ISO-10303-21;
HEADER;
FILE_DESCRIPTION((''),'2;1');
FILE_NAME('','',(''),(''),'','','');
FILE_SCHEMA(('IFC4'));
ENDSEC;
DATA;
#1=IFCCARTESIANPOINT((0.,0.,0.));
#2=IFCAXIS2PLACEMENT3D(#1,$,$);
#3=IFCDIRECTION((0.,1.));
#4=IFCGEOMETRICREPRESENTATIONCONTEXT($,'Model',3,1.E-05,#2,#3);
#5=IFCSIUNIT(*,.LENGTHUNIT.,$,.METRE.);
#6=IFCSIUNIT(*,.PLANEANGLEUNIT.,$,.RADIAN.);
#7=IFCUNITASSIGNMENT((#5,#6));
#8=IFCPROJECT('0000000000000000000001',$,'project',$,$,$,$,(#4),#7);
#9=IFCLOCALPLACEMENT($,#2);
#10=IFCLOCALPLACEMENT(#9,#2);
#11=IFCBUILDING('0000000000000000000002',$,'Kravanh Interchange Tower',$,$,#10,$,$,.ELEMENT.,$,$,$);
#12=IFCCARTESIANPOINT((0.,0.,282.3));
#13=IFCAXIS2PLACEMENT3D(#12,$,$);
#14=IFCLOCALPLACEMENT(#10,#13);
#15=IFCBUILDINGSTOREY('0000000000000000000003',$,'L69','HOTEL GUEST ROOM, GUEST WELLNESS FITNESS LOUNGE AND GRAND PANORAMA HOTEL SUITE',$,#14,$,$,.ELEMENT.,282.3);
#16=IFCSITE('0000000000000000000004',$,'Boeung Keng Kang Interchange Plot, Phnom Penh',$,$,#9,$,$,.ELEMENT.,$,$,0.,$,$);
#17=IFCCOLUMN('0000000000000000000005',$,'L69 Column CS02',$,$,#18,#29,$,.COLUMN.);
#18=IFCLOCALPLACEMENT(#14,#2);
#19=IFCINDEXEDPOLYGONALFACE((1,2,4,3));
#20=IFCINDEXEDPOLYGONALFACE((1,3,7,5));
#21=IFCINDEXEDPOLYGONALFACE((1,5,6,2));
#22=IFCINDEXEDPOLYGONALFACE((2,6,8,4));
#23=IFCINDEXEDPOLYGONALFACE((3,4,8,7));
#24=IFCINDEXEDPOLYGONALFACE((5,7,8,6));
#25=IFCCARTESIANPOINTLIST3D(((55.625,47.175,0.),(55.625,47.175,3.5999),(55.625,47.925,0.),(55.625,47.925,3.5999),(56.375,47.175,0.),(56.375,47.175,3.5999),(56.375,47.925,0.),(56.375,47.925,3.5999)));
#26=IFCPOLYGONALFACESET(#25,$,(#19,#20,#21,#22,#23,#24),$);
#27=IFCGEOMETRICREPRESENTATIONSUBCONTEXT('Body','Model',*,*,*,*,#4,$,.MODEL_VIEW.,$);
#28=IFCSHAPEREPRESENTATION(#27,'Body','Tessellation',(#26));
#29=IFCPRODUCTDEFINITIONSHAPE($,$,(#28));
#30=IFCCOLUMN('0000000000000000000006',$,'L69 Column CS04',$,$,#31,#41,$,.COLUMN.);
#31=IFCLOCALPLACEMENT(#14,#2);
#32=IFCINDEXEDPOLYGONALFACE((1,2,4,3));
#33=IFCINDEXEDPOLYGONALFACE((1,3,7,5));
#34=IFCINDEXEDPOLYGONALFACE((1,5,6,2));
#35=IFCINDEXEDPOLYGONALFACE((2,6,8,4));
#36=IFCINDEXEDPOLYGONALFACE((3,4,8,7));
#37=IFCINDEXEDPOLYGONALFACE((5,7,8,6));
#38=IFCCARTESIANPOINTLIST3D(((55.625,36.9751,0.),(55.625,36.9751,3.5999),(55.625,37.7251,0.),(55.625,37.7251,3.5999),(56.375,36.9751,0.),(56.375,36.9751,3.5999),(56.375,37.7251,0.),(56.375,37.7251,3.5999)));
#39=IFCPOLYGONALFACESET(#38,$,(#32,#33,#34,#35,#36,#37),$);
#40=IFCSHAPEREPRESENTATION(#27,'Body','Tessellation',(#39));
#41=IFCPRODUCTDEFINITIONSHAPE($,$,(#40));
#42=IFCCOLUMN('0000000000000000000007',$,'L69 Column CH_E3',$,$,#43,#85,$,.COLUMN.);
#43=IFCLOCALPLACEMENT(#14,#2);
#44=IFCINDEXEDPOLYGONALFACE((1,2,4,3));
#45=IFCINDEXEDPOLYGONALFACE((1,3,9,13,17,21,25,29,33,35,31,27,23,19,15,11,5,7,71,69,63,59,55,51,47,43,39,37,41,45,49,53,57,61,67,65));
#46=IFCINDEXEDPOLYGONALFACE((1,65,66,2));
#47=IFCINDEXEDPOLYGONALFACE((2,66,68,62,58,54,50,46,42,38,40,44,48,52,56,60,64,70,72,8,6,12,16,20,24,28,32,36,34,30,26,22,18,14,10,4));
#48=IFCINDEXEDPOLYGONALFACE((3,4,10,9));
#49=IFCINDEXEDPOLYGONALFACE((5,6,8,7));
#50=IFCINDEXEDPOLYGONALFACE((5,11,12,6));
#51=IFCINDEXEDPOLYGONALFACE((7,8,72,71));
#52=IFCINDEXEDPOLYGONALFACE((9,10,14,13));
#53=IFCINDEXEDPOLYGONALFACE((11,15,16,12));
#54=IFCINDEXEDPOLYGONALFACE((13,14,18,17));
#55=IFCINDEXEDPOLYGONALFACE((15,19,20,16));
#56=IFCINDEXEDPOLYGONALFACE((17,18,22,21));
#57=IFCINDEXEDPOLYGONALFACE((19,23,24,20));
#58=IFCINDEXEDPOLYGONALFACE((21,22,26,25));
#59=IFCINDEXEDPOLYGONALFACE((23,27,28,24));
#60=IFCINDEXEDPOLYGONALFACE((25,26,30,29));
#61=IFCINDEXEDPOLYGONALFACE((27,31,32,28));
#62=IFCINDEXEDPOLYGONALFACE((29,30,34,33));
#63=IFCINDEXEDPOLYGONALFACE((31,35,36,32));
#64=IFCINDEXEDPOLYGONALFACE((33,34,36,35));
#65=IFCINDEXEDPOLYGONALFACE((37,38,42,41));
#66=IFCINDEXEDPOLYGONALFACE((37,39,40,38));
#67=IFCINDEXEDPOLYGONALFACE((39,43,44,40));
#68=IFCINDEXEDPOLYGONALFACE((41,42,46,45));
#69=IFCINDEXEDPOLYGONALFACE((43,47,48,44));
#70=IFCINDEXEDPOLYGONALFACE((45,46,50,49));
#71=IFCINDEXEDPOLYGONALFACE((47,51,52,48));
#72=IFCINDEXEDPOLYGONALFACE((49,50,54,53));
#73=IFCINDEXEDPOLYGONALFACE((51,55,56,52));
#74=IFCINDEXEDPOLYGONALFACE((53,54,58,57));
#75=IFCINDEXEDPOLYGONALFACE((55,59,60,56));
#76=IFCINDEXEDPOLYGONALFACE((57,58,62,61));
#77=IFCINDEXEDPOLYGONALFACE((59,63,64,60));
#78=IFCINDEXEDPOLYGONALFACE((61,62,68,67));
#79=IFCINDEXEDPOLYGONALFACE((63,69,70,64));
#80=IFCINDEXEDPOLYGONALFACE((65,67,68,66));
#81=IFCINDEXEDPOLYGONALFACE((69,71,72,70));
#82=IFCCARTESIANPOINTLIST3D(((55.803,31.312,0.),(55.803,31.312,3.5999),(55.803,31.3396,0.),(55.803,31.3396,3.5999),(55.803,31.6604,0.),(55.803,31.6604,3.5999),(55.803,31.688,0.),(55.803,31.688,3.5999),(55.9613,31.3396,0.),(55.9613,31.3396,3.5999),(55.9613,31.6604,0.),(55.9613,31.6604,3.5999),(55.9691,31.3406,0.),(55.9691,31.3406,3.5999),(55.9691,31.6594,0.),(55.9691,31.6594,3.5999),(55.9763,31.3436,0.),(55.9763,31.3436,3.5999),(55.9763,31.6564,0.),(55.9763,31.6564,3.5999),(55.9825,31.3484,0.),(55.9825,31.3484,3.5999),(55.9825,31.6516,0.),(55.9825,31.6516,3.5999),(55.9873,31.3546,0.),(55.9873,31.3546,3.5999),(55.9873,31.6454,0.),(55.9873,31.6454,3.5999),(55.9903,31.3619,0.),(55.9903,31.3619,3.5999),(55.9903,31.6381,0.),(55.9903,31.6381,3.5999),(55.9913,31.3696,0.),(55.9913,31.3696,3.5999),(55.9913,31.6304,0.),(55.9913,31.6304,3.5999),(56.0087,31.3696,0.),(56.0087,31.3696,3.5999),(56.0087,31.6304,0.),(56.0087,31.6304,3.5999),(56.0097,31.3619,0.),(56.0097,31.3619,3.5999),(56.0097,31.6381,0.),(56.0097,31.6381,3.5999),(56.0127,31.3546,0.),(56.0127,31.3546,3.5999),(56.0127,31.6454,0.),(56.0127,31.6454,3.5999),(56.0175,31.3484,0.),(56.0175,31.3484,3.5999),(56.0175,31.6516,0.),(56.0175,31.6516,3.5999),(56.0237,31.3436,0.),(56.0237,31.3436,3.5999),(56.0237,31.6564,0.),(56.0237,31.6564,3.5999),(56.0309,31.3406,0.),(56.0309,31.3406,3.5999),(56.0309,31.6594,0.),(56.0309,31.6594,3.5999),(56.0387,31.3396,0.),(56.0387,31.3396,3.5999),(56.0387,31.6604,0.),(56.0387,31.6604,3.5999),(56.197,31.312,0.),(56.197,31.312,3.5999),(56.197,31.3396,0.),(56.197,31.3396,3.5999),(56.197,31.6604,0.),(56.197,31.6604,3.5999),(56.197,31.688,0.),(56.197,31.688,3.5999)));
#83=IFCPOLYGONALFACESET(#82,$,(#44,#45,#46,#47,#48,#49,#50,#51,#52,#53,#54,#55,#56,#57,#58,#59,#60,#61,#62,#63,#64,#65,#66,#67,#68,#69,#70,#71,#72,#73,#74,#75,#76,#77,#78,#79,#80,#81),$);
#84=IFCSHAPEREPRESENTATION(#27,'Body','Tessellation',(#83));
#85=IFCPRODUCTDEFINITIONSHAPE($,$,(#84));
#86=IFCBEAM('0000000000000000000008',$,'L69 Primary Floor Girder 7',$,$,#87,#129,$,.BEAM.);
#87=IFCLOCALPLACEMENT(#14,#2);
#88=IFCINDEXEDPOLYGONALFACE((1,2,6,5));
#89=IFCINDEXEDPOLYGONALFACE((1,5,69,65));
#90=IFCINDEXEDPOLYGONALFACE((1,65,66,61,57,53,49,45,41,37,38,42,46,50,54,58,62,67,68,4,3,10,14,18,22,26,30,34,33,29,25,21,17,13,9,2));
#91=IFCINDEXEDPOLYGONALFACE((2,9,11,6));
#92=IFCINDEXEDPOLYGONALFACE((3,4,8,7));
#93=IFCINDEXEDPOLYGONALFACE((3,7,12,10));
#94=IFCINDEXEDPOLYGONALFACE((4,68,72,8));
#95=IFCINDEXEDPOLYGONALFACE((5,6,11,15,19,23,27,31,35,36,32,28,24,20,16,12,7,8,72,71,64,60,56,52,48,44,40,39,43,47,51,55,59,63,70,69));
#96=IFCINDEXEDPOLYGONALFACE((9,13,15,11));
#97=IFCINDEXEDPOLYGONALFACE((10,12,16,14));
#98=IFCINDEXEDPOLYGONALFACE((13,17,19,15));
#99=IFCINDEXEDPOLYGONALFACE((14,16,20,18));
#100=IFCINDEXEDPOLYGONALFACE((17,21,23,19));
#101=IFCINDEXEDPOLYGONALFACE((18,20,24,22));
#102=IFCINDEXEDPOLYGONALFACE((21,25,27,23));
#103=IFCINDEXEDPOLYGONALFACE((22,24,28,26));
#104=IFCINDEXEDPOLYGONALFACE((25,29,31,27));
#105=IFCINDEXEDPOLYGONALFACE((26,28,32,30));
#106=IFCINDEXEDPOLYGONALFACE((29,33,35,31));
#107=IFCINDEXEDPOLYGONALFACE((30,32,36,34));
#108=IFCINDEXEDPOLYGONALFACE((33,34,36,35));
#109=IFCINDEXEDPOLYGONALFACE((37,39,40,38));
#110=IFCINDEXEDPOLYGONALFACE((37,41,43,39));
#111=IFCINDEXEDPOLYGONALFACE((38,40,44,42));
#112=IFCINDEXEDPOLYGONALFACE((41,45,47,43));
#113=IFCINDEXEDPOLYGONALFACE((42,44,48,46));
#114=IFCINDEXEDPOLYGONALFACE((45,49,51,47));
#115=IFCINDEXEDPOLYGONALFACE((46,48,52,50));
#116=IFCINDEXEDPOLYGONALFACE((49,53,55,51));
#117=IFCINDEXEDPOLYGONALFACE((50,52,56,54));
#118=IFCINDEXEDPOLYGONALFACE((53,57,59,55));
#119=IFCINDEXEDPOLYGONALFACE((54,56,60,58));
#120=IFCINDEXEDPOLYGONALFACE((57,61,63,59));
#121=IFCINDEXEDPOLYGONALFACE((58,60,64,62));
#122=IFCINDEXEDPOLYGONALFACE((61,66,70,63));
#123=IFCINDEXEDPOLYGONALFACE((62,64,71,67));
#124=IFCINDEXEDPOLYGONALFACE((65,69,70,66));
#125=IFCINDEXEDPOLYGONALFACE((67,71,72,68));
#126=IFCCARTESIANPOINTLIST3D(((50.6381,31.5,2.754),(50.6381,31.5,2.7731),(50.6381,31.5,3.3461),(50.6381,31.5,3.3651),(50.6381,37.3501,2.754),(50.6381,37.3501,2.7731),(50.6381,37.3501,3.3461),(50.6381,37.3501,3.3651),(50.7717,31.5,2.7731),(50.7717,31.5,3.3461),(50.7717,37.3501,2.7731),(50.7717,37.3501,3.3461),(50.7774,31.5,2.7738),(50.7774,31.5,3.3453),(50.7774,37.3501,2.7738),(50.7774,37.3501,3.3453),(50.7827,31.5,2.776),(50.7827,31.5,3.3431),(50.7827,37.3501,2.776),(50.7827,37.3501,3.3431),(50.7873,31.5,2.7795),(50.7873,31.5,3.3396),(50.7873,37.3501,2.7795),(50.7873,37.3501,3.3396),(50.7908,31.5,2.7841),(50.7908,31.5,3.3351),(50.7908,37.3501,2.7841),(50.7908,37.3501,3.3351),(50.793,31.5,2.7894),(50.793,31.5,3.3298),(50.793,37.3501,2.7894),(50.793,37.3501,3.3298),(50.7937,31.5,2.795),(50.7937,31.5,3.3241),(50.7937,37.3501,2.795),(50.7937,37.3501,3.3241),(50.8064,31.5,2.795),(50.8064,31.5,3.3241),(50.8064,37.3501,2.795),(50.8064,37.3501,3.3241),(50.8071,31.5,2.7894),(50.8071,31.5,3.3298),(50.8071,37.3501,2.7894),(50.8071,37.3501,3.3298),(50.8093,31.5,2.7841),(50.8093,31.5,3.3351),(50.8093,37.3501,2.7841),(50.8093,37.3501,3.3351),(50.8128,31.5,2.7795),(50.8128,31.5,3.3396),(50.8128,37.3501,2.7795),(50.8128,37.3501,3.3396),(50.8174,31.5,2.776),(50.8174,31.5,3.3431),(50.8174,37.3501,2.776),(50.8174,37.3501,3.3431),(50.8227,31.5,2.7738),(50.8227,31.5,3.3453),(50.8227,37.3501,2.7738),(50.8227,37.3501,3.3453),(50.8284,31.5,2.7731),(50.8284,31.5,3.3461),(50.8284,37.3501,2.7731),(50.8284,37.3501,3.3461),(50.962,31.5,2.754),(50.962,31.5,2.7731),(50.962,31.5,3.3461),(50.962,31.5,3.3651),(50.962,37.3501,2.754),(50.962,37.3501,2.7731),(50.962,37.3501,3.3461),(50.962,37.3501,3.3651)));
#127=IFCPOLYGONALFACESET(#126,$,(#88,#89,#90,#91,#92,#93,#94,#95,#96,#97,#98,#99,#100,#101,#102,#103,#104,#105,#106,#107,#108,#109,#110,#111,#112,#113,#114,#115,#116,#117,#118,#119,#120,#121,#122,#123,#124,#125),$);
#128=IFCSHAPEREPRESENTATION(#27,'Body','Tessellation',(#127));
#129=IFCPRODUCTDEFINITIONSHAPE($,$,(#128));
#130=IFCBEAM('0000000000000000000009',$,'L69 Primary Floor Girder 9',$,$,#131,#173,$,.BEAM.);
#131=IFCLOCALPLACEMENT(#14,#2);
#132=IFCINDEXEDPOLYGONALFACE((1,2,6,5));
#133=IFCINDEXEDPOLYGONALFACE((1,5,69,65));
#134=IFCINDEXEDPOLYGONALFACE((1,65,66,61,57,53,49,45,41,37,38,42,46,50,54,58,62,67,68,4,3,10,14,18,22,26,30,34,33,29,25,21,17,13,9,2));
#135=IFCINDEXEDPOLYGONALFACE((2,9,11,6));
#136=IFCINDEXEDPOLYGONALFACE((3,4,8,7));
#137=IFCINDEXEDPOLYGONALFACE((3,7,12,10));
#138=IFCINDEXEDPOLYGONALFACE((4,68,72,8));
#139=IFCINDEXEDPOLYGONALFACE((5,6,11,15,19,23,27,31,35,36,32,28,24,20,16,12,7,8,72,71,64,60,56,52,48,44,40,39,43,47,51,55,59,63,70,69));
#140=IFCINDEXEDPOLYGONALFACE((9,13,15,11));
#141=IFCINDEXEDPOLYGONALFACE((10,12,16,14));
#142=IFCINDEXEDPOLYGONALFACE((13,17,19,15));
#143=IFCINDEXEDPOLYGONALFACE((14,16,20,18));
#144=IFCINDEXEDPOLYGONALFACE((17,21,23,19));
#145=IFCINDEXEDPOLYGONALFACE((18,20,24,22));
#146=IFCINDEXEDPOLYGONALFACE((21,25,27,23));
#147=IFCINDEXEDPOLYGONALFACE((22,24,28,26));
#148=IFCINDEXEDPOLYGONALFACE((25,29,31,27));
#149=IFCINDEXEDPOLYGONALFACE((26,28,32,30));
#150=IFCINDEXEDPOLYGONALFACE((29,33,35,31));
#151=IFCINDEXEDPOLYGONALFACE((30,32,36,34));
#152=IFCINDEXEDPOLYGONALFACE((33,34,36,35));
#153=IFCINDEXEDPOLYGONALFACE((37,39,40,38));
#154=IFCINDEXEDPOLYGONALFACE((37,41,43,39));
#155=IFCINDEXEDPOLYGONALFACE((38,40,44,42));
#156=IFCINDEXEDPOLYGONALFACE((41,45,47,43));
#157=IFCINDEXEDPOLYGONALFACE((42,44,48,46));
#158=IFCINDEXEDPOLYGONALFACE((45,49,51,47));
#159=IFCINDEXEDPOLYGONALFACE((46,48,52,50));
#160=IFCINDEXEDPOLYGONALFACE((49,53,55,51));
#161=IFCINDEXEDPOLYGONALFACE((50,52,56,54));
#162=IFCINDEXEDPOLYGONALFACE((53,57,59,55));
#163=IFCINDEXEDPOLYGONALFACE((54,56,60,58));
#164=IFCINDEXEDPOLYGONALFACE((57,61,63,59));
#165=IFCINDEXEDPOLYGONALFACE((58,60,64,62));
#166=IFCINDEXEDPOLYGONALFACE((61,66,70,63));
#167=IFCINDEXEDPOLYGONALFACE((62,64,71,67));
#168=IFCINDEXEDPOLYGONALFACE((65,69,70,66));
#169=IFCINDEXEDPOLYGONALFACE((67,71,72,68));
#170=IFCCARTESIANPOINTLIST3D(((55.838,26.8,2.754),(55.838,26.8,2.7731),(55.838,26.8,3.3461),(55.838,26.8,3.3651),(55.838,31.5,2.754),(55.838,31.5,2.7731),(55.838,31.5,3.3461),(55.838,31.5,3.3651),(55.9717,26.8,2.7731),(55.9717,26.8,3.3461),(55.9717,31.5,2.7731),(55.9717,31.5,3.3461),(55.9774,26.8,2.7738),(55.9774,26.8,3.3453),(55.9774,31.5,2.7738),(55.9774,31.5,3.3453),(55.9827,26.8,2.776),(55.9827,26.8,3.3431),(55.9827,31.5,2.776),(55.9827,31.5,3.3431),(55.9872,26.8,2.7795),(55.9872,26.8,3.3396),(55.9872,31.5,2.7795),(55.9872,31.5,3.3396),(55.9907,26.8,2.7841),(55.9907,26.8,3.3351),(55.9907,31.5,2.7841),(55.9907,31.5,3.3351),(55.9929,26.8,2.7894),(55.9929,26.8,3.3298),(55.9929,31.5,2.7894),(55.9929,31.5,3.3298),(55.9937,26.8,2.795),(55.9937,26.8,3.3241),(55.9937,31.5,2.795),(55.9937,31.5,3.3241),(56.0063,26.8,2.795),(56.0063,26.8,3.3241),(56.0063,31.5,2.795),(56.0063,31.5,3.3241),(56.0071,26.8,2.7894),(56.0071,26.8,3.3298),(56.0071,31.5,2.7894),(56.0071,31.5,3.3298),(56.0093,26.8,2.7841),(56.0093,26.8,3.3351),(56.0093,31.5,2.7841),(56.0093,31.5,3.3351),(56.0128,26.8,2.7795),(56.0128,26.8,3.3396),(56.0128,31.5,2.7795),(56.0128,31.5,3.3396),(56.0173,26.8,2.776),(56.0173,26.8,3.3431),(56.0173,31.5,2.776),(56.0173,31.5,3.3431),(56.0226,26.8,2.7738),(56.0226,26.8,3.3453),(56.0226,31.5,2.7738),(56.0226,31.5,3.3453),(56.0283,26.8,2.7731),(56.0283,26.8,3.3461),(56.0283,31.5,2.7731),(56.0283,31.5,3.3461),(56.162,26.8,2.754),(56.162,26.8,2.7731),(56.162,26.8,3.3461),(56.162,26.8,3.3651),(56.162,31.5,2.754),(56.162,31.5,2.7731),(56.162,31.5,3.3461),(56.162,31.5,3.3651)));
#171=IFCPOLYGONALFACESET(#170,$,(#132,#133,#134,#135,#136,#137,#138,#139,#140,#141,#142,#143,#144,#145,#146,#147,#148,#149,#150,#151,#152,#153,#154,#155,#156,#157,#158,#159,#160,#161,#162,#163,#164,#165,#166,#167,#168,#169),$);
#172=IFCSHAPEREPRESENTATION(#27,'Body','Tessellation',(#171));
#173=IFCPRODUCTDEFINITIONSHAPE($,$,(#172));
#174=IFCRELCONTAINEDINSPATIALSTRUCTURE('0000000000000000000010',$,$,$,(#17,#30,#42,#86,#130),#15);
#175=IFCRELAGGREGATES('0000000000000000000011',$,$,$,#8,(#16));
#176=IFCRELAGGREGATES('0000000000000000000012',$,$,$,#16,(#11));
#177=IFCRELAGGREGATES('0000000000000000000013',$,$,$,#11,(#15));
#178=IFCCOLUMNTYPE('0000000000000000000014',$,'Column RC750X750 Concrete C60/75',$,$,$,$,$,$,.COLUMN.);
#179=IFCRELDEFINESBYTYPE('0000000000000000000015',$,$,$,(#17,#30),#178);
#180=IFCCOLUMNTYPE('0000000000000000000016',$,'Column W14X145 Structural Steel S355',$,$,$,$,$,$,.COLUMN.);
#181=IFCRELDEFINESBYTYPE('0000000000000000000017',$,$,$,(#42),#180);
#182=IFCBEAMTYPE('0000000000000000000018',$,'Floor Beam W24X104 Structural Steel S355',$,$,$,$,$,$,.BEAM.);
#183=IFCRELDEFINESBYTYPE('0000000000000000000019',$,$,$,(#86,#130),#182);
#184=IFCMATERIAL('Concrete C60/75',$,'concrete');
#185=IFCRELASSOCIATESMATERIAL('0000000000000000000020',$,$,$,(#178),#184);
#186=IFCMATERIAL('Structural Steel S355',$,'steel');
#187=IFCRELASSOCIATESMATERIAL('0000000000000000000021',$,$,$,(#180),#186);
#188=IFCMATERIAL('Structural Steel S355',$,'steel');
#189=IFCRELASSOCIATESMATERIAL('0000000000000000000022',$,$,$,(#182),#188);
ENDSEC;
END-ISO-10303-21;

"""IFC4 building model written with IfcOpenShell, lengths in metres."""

from ifc_helpers import new_model, si_unit, direction, frame, origin, origin_2d, place, context, subcontext, project, spatial, rectangle, i_section, extrude, material, material_profile, profile_set, type_object, element, save


model = new_model("IFC4")

# Units and contexts
model_context = context("Model", 3, precision=1e-05, world=origin(), true_north=direction((0.0, 1.0)))
body_context = subcontext(model_context, "Body", "Model", "MODEL_VIEW")
ifc_project = project(units=[si_unit("LENGTHUNIT", "METRE"), si_unit("PLANEANGLEUNIT", "RADIAN")], contexts=[model_context])

# Site, building, storey
site_placement = place(None, origin())
site = spatial("IfcSite", under=ifc_project, at=site_placement, Name="Boeung Keng Kang Interchange Plot, Phnom Penh", CompositionType="ELEMENT", RefElevation=0.0)
building_placement = place(site_placement, origin())
building = spatial("IfcBuilding", under=site, at=building_placement, Name="Kravanh Interchange Tower", CompositionType="ELEMENT")
storey_placement = place(building_placement, frame((0.0, 0.0, 282.3)))
storey = spatial("IfcBuildingStorey", under=building, at=storey_placement, Name="L69", Description="HOTEL GUEST ROOM, GUEST WELLNESS FITNESS LOUNGE AND GRAND PANORAMA HOTEL SUITE", CompositionType="ELEMENT", Elevation=282.3)

# Columns
ifc_material_1 = material(Name="Concrete C60/75", Category="concrete")
ifc_material_profile_1 = material_profile(ifc_material_1, rectangle(XDim=0.75, YDim=0.75, at=origin_2d()), Name="RC750X750")
ifc_profile_set_1 = profile_set([ifc_material_profile_1], Name="Concrete C60/75")
column_type_1 = type_object("IfcColumnType", Name="Column RC750X750 Concrete C60/75", PredefinedType="COLUMN", material=ifc_profile_set_1)
for number, where, z_axis, x_axis, name in (
    (1, (56.0, 47.55, 0.0), (0.0, 0.0, 1.0), (1.0, 0.0, 0.0), "L69 Column CS02"),
    (2, (56.0, 37.3501, 0.0), (0.0, 0.0, 1.0), (1.0, 0.0, 0.0), "L69 Column CS04"),
):
    element("IfcColumn", number, at=place(storey_placement, frame(where, z_axis=z_axis, x_axis=x_axis)), inside=storey, type_object=column_type_1, Name=name, PredefinedType="COLUMN", context=body_context, shape_type="SweptSolid", body=[
        extrude(rectangle(XDim=0.75, YDim=0.75, at=origin_2d()), origin(), (0.0, 0.0, 1.0), 3.5999),
    ])
ifc_material_2 = material(Name="Structural Steel S355", Category="steel")
ifc_material_profile_2 = material_profile(ifc_material_2, i_section(OverallWidth=0.394, OverallDepth=0.376, WebThickness=0.0173, FlangeThickness=0.0276, FilletRadius=0.03, at=origin_2d()), Name="W14X145")
ifc_profile_set_2 = profile_set([ifc_material_profile_2], Name="Structural Steel S355")
column_type_2 = type_object("IfcColumnType", Name="Column W14X145 Structural Steel S355", PredefinedType="COLUMN", material=ifc_profile_set_2)
column_placement = place(storey_placement, frame((56.0, 31.5, 0.0), z_axis=(0.0, 0.0, 1.0), x_axis=(1.0, 0.0, 0.0)))
element("IfcColumn", 3, at=column_placement, inside=storey, type_object=column_type_2, Name="L69 Column CH_E3", PredefinedType="COLUMN", context=body_context, shape_type="SweptSolid", body=[
    extrude(i_section(OverallWidth=0.394, OverallDepth=0.376, WebThickness=0.0173, FlangeThickness=0.0276, FilletRadius=0.03, at=origin_2d()), origin(), (0.0, 0.0, 1.0), 3.5999),
])

# Beams
ifc_material_3 = material(Name="Structural Steel S355", Category="steel")
ifc_material_profile_3 = material_profile(ifc_material_3, i_section(OverallWidth=0.324, OverallDepth=0.6111, WebThickness=0.0127, FlangeThickness=0.019, FilletRadius=0.022, at=origin_2d()), Name="W24X104")
ifc_profile_set_3 = profile_set([ifc_material_profile_3], Name="Structural Steel S355")
beam_type_1 = type_object("IfcBeamType", Name="Floor Beam W24X104 Structural Steel S355", PredefinedType="BEAM", material=ifc_profile_set_3)
beam_1_placement = place(storey_placement, frame((50.8, 31.5, 3.0596), z_axis=(0.0, 1.0, 0.0), x_axis=(-1.0, 0.0, 0.0)))
element("IfcBeam", 4, at=beam_1_placement, inside=storey, type_object=beam_type_1, Name="L69 Primary Floor Girder 7", PredefinedType="BEAM", context=body_context, shape_type="SweptSolid", body=[
    extrude(i_section(OverallWidth=0.324, OverallDepth=0.6111, WebThickness=0.0127, FlangeThickness=0.019, FilletRadius=0.022, at=origin_2d()), origin(), (0.0, 0.0, 1.0), 5.8501),
])
beam_2_placement = place(storey_placement, frame((56.0, 31.5, 3.0596), z_axis=(0.0, -1.0, 0.0), x_axis=(1.0, 0.0, 0.0)))
element("IfcBeam", 5, at=beam_2_placement, inside=storey, type_object=beam_type_1, Name="L69 Primary Floor Girder 9", PredefinedType="BEAM", context=body_context, shape_type="SweptSolid", body=[
    extrude(i_section(OverallWidth=0.324, OverallDepth=0.6111, WebThickness=0.0127, FlangeThickness=0.019, FilletRadius=0.022, at=origin_2d()), origin(), (0.0, 0.0, 1.0), 4.7),
])

save(model, "model.ifc")
